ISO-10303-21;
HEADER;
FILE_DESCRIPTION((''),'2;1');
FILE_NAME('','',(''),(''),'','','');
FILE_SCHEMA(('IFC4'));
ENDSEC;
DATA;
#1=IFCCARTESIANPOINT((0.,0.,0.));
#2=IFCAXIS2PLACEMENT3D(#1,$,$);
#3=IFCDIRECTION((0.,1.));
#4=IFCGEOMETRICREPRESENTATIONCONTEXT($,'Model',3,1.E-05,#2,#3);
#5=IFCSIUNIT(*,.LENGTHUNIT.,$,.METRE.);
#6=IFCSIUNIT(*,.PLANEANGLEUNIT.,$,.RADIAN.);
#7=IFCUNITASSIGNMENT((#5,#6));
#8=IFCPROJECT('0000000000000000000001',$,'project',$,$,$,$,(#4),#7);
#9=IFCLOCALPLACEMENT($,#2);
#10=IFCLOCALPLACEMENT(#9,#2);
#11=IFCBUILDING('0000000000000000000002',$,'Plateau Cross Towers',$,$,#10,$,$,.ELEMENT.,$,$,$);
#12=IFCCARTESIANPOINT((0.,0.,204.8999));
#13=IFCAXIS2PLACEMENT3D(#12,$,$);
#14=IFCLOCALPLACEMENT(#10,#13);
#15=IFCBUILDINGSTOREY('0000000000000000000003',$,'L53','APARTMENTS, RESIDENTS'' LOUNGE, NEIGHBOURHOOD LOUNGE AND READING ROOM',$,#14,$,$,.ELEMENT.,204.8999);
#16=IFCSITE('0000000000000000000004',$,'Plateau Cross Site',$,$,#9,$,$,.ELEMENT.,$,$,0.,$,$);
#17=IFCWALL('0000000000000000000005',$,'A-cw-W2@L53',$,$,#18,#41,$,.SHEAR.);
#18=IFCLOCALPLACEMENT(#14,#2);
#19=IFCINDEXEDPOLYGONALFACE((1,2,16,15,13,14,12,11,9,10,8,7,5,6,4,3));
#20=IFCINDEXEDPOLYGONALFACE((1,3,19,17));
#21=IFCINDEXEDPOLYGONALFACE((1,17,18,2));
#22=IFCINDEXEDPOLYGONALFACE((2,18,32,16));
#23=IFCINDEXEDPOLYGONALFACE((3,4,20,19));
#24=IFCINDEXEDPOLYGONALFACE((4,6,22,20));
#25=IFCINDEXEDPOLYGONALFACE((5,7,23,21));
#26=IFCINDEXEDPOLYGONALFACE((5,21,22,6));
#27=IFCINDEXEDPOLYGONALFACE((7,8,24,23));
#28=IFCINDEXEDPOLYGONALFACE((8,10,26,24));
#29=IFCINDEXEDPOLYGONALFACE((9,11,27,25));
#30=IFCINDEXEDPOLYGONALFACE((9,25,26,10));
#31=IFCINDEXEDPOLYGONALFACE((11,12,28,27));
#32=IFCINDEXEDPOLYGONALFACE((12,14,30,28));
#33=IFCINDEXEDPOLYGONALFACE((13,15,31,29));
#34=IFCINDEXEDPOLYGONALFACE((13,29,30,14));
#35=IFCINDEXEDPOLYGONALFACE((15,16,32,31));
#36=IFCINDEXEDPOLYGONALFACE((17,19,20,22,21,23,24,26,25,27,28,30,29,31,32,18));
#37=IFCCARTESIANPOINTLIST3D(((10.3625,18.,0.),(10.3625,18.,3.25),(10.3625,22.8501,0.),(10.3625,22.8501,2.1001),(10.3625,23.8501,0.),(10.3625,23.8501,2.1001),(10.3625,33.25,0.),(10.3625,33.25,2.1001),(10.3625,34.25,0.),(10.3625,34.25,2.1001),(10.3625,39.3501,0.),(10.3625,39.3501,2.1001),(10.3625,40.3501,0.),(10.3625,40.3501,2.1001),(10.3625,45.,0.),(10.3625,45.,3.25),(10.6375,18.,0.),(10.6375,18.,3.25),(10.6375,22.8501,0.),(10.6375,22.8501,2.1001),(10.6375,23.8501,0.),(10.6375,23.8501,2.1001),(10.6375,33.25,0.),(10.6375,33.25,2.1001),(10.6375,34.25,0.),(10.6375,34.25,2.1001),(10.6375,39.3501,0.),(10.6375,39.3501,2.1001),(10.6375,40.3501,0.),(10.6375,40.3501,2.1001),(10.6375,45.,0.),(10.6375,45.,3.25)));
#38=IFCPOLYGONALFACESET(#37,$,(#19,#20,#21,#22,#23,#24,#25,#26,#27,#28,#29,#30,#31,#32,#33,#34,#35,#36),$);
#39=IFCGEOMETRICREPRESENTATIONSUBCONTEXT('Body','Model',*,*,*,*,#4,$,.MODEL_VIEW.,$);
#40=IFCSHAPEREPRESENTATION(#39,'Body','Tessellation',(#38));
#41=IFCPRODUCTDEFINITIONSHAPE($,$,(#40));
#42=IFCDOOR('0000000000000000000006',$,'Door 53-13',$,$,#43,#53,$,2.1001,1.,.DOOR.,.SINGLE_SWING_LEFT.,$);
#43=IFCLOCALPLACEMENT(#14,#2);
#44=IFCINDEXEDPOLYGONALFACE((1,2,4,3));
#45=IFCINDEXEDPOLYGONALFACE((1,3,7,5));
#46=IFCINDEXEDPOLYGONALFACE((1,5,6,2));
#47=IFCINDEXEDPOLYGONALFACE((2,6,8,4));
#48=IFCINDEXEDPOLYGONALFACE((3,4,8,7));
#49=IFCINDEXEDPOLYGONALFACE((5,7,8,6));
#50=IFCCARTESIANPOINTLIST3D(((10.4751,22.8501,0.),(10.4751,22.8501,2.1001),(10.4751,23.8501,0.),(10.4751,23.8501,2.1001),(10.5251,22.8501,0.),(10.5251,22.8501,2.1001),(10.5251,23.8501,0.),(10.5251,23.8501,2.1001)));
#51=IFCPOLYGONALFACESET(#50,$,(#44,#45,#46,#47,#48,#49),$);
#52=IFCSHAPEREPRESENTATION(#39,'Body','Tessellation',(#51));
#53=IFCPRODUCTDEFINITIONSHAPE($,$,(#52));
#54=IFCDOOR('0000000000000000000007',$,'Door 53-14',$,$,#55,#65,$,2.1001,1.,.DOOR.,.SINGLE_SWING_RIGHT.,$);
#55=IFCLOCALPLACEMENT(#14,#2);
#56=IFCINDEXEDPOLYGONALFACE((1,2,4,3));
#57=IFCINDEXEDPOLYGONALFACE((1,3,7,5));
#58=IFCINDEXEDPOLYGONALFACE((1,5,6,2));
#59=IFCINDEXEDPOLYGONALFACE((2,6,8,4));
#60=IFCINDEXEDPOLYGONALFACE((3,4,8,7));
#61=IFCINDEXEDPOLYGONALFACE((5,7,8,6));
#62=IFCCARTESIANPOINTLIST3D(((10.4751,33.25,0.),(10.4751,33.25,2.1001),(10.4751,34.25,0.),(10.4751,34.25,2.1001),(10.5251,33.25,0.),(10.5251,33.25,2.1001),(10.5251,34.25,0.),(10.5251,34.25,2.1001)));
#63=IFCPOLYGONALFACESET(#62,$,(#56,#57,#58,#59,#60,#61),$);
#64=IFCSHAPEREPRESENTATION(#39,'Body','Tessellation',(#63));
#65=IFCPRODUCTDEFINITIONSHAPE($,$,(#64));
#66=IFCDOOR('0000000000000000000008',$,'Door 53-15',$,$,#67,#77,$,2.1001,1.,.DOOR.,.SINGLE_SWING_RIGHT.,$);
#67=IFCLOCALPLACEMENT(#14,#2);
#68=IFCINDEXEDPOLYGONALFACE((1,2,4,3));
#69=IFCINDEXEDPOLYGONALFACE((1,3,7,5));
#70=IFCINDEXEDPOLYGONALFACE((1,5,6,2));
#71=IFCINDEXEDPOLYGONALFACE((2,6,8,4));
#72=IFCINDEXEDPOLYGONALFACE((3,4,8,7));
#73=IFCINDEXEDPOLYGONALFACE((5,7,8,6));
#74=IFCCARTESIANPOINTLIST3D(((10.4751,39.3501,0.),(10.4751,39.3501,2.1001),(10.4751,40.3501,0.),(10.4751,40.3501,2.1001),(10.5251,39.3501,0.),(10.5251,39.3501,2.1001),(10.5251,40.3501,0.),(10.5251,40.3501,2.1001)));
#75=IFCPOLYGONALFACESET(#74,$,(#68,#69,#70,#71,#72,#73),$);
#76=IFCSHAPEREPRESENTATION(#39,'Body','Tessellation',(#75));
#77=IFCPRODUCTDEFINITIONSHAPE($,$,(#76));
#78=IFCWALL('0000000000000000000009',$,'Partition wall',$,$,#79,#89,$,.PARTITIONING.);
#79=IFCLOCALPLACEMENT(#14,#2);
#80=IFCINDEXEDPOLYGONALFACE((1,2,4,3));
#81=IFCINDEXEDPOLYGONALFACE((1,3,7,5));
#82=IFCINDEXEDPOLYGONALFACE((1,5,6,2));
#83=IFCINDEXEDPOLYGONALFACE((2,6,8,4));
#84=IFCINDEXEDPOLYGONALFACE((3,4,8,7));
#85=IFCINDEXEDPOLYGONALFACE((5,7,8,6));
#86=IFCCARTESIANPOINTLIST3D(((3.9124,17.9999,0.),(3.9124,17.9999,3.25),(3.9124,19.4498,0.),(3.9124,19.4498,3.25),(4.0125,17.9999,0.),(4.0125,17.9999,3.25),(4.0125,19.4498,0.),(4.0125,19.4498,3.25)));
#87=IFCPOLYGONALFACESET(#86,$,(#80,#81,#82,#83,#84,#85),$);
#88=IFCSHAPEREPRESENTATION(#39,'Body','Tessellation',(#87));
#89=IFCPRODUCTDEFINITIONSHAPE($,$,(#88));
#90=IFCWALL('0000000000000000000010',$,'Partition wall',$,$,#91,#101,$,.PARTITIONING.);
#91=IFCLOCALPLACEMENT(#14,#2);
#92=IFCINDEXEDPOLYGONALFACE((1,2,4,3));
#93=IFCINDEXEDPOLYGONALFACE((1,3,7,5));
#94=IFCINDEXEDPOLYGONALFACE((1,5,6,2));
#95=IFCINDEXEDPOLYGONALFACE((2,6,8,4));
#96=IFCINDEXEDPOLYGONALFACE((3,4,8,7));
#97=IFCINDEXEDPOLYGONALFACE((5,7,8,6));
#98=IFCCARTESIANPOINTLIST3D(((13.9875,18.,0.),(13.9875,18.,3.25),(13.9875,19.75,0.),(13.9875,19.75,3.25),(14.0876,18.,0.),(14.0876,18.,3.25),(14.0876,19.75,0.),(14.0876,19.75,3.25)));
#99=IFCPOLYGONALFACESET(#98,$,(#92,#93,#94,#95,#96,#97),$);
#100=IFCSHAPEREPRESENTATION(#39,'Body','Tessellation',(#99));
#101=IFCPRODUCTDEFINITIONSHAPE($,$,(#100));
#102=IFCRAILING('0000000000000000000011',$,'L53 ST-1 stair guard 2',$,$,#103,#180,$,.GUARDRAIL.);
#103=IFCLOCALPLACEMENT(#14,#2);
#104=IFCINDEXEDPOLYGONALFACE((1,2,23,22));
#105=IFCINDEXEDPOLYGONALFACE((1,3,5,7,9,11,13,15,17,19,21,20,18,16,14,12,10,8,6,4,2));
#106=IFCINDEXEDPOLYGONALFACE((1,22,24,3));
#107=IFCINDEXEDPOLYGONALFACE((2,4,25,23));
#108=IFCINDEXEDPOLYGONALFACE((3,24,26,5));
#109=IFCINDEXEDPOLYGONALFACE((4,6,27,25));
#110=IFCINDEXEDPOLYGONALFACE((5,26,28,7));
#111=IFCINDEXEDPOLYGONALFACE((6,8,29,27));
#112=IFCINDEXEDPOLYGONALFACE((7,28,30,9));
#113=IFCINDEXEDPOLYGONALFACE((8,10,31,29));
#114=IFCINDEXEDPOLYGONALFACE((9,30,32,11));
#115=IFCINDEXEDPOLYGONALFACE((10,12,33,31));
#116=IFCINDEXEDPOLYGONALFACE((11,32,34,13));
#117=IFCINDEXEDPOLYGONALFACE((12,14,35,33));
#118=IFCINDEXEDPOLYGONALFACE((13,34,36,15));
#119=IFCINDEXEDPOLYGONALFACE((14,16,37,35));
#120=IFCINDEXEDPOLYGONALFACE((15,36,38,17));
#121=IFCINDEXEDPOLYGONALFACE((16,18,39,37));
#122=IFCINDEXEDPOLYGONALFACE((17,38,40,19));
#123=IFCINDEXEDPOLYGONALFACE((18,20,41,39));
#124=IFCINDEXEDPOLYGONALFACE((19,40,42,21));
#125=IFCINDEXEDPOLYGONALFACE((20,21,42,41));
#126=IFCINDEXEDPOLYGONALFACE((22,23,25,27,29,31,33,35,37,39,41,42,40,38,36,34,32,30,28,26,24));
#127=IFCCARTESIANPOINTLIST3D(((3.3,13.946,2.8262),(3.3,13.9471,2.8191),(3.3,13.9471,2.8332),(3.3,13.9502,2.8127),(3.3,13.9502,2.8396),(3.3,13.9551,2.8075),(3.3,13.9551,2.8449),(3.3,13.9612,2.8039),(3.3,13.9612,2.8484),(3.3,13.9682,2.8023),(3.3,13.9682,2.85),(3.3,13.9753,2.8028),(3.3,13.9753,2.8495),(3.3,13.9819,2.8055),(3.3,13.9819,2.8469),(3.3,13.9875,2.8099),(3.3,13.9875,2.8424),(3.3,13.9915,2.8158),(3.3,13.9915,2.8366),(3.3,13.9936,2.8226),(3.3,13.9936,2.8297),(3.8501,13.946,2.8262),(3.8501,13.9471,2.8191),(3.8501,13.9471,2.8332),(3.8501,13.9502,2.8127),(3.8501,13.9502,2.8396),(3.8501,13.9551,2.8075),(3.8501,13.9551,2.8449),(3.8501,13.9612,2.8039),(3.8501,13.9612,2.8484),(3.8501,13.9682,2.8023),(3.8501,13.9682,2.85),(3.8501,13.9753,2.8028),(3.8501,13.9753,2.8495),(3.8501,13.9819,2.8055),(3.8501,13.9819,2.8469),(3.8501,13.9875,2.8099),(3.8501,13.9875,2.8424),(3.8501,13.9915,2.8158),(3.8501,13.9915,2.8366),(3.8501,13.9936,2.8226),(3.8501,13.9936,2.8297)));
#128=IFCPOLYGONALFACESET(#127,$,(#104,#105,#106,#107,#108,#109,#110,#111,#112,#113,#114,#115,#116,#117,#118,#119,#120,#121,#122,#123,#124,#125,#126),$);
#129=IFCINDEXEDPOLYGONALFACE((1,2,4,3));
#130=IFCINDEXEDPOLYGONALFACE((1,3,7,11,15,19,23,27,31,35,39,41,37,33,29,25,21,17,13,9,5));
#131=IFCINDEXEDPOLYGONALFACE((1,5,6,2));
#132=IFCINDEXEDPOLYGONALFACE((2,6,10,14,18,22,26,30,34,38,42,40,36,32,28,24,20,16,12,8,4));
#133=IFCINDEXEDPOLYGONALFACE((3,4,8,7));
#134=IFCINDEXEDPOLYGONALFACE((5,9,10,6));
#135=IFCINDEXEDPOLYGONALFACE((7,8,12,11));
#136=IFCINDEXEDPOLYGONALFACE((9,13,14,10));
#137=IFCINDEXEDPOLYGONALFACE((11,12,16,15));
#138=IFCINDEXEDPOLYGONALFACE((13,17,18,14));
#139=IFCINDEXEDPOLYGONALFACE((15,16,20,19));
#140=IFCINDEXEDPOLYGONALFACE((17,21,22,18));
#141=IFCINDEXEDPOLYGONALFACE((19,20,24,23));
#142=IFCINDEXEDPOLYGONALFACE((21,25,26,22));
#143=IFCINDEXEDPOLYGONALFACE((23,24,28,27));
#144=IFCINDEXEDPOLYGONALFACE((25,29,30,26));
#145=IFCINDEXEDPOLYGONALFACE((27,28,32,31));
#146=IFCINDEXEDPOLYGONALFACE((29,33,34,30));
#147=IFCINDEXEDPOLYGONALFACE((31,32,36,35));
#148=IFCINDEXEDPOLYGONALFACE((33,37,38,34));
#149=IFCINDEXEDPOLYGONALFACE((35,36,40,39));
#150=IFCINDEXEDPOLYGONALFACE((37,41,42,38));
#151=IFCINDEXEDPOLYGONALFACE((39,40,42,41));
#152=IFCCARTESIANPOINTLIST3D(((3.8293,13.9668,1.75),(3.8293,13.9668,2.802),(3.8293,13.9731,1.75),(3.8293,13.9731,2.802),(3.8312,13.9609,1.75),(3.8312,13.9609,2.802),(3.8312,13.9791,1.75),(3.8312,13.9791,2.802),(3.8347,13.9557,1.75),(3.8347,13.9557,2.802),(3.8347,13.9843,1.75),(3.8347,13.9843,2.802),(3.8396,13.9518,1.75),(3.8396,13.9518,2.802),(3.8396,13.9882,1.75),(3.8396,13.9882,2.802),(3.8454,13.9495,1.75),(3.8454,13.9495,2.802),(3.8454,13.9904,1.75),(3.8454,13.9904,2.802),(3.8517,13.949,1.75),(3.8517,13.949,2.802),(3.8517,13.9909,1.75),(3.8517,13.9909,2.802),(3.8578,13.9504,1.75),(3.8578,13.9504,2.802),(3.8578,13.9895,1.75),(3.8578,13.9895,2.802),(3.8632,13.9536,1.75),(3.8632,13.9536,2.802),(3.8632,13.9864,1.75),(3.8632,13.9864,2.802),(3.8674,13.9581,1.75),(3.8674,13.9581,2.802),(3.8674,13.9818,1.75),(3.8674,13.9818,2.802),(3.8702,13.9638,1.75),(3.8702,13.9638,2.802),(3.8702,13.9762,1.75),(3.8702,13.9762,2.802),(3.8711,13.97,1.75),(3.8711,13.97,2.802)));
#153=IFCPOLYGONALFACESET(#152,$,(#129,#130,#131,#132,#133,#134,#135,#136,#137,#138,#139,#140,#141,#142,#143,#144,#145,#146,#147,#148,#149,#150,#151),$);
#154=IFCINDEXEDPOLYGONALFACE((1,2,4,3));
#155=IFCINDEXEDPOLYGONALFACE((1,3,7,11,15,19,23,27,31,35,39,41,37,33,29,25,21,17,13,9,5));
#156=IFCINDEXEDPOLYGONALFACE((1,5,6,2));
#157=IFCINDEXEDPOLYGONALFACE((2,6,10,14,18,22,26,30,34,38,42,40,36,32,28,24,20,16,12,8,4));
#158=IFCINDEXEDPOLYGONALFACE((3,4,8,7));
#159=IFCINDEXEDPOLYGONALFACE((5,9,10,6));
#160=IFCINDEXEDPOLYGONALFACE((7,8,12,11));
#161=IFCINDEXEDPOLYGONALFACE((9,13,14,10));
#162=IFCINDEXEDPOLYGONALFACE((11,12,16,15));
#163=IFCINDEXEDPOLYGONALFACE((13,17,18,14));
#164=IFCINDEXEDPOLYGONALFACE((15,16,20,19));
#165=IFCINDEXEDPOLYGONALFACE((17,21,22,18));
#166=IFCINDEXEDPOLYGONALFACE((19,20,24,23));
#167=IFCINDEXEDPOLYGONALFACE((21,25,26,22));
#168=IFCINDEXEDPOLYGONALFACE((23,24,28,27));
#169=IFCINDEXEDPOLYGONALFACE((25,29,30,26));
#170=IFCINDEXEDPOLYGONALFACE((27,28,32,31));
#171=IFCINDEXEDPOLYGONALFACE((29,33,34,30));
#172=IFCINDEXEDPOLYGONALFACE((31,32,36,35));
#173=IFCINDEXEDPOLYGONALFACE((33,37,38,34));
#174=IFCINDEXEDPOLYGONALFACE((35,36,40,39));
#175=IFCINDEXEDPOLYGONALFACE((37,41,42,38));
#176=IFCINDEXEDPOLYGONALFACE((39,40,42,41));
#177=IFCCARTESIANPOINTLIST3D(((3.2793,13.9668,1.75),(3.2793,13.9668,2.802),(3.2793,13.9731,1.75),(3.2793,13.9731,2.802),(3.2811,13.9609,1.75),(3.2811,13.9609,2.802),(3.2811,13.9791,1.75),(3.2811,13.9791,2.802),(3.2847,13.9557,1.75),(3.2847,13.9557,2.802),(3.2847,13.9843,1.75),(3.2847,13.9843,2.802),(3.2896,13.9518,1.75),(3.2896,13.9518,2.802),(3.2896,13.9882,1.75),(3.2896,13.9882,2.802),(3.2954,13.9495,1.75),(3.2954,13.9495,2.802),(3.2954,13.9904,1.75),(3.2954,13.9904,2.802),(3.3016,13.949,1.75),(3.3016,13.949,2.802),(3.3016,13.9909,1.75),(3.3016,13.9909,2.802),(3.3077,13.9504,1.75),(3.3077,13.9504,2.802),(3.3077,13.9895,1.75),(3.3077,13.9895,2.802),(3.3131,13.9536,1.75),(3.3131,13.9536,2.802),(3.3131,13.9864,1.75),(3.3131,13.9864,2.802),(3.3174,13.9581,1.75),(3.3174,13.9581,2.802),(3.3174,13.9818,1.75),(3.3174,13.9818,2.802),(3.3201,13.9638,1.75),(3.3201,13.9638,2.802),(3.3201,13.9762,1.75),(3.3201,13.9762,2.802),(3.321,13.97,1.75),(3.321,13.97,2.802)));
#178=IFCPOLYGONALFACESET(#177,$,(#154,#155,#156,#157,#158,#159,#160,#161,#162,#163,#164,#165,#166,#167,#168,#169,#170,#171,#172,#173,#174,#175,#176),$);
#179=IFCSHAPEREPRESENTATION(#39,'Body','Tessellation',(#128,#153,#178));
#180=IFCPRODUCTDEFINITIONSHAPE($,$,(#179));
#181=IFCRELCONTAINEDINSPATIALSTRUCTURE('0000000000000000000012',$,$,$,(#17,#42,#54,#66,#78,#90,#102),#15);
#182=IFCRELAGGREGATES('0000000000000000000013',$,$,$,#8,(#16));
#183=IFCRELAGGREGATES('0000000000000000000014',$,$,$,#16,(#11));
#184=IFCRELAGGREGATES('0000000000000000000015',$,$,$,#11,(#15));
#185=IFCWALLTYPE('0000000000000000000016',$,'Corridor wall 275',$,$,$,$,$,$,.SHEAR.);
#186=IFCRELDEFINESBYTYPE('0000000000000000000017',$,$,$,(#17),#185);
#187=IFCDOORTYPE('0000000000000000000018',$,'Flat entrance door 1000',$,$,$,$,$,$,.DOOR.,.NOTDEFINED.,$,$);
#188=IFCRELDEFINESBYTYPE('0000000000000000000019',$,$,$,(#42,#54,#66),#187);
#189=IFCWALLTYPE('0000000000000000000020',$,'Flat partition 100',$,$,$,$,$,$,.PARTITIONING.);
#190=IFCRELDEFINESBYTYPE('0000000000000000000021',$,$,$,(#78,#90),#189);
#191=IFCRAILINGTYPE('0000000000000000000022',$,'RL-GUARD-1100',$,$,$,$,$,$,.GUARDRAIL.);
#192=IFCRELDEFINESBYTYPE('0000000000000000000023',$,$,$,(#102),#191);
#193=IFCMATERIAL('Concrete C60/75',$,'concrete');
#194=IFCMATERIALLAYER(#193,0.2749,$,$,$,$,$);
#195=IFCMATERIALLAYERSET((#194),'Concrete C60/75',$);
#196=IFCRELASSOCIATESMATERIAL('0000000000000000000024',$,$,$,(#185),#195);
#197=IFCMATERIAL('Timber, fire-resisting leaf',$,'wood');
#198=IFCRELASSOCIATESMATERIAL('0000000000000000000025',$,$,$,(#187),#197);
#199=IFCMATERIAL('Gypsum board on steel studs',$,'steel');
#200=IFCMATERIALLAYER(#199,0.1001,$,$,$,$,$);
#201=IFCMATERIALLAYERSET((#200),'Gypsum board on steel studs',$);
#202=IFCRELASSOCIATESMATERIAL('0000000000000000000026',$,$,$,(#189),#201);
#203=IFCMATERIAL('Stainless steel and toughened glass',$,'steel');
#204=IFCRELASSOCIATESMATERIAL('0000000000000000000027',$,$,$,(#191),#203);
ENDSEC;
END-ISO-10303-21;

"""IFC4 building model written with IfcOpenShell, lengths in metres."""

from ifc_helpers import new_model, si_unit, direction, frame, frame_2d, origin, origin_2d, place, context, subcontext, project, spatial, rectangle, circle, extrude, material, layer, layer_set, type_object, element, fill, save


model = new_model("IFC4")

# Units and contexts
model_context = context("Model", 3, precision=1e-05, world=origin(), true_north=direction((0.0, 1.0)))
body_context = subcontext(model_context, "Body", "Model", "MODEL_VIEW")
ifc_project = project(units=[si_unit("LENGTHUNIT", "METRE"), si_unit("PLANEANGLEUNIT", "RADIAN")], contexts=[model_context])

# Site, building, storey
site_placement = place(None, origin())
site = spatial("IfcSite", under=ifc_project, at=site_placement, Name="Plateau Cross Site", CompositionType="ELEMENT", RefElevation=0.0)
building_placement = place(site_placement, origin())
building = spatial("IfcBuilding", under=site, at=building_placement, Name="Plateau Cross Towers", CompositionType="ELEMENT")
storey_placement = place(building_placement, frame((0.0, 0.0, 204.8999)))
storey = spatial("IfcBuildingStorey", under=building, at=storey_placement, Name="L53", Description="APARTMENTS, RESIDENTS' LOUNGE, NEIGHBOURHOOD LOUNGE AND READING ROOM", CompositionType="ELEMENT", Elevation=204.8999)

# Shared definitions
ifc_material_1 = material(Name="Concrete C60/75", Category="concrete")

# Wall, openings, doors
ifc_layer_1 = layer(ifc_material_1, 0.2749)
ifc_layer_set_1 = layer_set([ifc_layer_1], Name="Concrete C60/75")
wall_type_1 = type_object("IfcWallType", Name="Corridor wall 275", PredefinedType="SHEAR", material=ifc_layer_set_1)
ifc_material_2 = material(Name="Timber, fire-resisting leaf", Category="wood")
door_type_1 = type_object("IfcDoorType", Name="Flat entrance door 1000", OperationType="NOTDEFINED", PredefinedType="DOOR", material=ifc_material_2)
wall_1_placement = place(storey_placement, frame((10.5, 18.0, 0.0), z_axis=(0.0, 0.0, 1.0), x_axis=(0.0, 1.0, 0.0)))
wall_1 = element("IfcWall", 1, at=wall_1_placement, inside=storey, type_object=wall_type_1, Name="A-cw-W2@L53", PredefinedType="SHEAR", context=body_context, shape_type="SweptSolid", body=[
    extrude(rectangle(XDim=27.0, YDim=0.2749, at=frame_2d((13.5, 0.0))), origin(), (0.0, 0.0, 1.0), 3.25),
])
opening_1_placement = place(wall_1_placement, frame((4.8501, 0.0, 0.0)))
opening_1 = element("IfcOpeningElement", 2, at=opening_1_placement, cuts=wall_1, PredefinedType="OPENING", context=body_context, shape_type="SweptSolid", body=[
    extrude(rectangle(XDim=1.0, YDim=2.1001, at=frame_2d((0.5, 1.05))), frame((0.0, 0.1475, 0.0), z_axis=(0.0, -1.0, 0.0), x_axis=(1.0, 0.0, 0.0)), (0.0, 0.0, 1.0), 0.2949),
])
opening_2_placement = place(wall_1_placement, frame((15.25, 0.0, 0.0)))
opening_2 = element("IfcOpeningElement", 3, at=opening_2_placement, cuts=wall_1, PredefinedType="OPENING", context=body_context, shape_type="SweptSolid", body=[
    extrude(rectangle(XDim=1.0, YDim=2.1001, at=frame_2d((0.5, 1.05))), frame((0.0, 0.1475, 0.0), z_axis=(0.0, -1.0, 0.0), x_axis=(1.0, 0.0, 0.0)), (0.0, 0.0, 1.0), 0.2949),
])
opening_3_placement = place(wall_1_placement, frame((21.3501, 0.0, 0.0)))
opening_3 = element("IfcOpeningElement", 4, at=opening_3_placement, cuts=wall_1, PredefinedType="OPENING", context=body_context, shape_type="SweptSolid", body=[
    extrude(rectangle(XDim=1.0, YDim=2.1001, at=frame_2d((0.5, 1.05))), frame((0.0, 0.1475, 0.0), z_axis=(0.0, -1.0, 0.0), x_axis=(1.0, 0.0, 0.0)), (0.0, 0.0, 1.0), 0.2949),
])
door_1_placement = place(opening_1_placement, origin())
door_1 = element("IfcDoor", 5, at=door_1_placement, inside=storey, type_object=door_type_1, Name="Door 53-13", OperationType="SINGLE_SWING_LEFT", OverallHeight=2.1001, OverallWidth=1.0, PredefinedType="DOOR", context=body_context, shape_type="SweptSolid", body=[
    extrude(rectangle(XDim=1.0, YDim=2.1001, at=frame_2d((0.5, 1.05))), frame((0.0, 0.0249, 0.0), z_axis=(0.0, -1.0, 0.0), x_axis=(1.0, 0.0, 0.0)), (0.0, 0.0, 1.0), 0.05),
])
fill(opening_1, door_1)
door_2_placement = place(opening_2_placement, origin())
door_2 = element("IfcDoor", 6, at=door_2_placement, inside=storey, type_object=door_type_1, Name="Door 53-14", OperationType="SINGLE_SWING_RIGHT", OverallHeight=2.1001, OverallWidth=1.0, PredefinedType="DOOR", context=body_context, shape_type="SweptSolid", body=[
    extrude(rectangle(XDim=1.0, YDim=2.1001, at=frame_2d((0.5, 1.05))), frame((0.0, 0.0249, 0.0), z_axis=(0.0, -1.0, 0.0), x_axis=(1.0, 0.0, 0.0)), (0.0, 0.0, 1.0), 0.05),
])
fill(opening_2, door_2)
door_3_placement = place(opening_3_placement, origin())
door_3 = element("IfcDoor", 7, at=door_3_placement, inside=storey, type_object=door_type_1, Name="Door 53-15", OperationType="SINGLE_SWING_RIGHT", OverallHeight=2.1001, OverallWidth=1.0, PredefinedType="DOOR", context=body_context, shape_type="SweptSolid", body=[
    extrude(rectangle(XDim=1.0, YDim=2.1001, at=frame_2d((0.5, 1.05))), frame((0.0, 0.0249, 0.0), z_axis=(0.0, -1.0, 0.0), x_axis=(1.0, 0.0, 0.0)), (0.0, 0.0, 1.0), 0.05),
])
fill(opening_3, door_3)

# Walls
ifc_material_3 = material(Name="Gypsum board on steel studs", Category="steel")
ifc_layer_2 = layer(ifc_material_3, 0.1001)
ifc_layer_set_2 = layer_set([ifc_layer_2], Name="Gypsum board on steel studs")
wall_type_2 = type_object("IfcWallType", Name="Flat partition 100", PredefinedType="PARTITIONING", material=ifc_layer_set_2)
wall_2_placement = place(storey_placement, frame((3.9624, 19.45, 0.0), z_axis=(0.0, 0.0, 1.0), x_axis=(0.0, -1.0, 0.0)))
element("IfcWall", 8, at=wall_2_placement, inside=storey, type_object=wall_type_2, Name="Partition wall", PredefinedType="PARTITIONING", context=body_context, shape_type="SweptSolid", body=[
    extrude(rectangle(XDim=1.45, YDim=0.1001, at=frame_2d((0.7251, 0.0))), origin(), (0.0, 0.0, 1.0), 3.25),
])
wall_3_placement = place(storey_placement, frame((14.0376, 18.0, 0.0), z_axis=(0.0, 0.0, 1.0), x_axis=(0.0, 1.0, 0.0)))
element("IfcWall", 9, at=wall_3_placement, inside=storey, type_object=wall_type_2, Name="Partition wall", PredefinedType="PARTITIONING", context=body_context, shape_type="SweptSolid", body=[
    extrude(rectangle(XDim=1.75, YDim=0.1001, at=frame_2d((0.875, 0.0))), origin(), (0.0, 0.0, 1.0), 3.25),
])

# Railing
ifc_material_4 = material(Name="Stainless steel and toughened glass", Category="steel")
railing_type = type_object("IfcRailingType", Name="RL-GUARD-1100", PredefinedType="GUARDRAIL", material=ifc_material_4)
railing_1_placement = place(storey_placement, frame((3.8501, 13.97, 1.75)))
element("IfcRailing", 10, at=railing_1_placement, inside=storey, type_object=railing_type, Name="L53 ST-1 stair guard 2", PredefinedType="GUARDRAIL", context=body_context, shape_type="SweptSolid", body=[
    extrude(circle(Radius=0.0239, at=origin_2d()), frame((0.0, 0.0, 1.0762), z_axis=(-1.0, 0.0, 0.0), x_axis=(0.0, -1.0, 0.0)), (0.0, 0.0, 1.0), 0.55),
    extrude(circle(Radius=0.021, at=origin_2d()), origin(), (0.0, 0.0, 1.0), 1.052),
    extrude(circle(Radius=0.021, at=origin_2d()), frame((-0.55, 0.0, 0.0)), (0.0, 0.0, 1.0), 1.052),
])

save(model, "model.ifc")
